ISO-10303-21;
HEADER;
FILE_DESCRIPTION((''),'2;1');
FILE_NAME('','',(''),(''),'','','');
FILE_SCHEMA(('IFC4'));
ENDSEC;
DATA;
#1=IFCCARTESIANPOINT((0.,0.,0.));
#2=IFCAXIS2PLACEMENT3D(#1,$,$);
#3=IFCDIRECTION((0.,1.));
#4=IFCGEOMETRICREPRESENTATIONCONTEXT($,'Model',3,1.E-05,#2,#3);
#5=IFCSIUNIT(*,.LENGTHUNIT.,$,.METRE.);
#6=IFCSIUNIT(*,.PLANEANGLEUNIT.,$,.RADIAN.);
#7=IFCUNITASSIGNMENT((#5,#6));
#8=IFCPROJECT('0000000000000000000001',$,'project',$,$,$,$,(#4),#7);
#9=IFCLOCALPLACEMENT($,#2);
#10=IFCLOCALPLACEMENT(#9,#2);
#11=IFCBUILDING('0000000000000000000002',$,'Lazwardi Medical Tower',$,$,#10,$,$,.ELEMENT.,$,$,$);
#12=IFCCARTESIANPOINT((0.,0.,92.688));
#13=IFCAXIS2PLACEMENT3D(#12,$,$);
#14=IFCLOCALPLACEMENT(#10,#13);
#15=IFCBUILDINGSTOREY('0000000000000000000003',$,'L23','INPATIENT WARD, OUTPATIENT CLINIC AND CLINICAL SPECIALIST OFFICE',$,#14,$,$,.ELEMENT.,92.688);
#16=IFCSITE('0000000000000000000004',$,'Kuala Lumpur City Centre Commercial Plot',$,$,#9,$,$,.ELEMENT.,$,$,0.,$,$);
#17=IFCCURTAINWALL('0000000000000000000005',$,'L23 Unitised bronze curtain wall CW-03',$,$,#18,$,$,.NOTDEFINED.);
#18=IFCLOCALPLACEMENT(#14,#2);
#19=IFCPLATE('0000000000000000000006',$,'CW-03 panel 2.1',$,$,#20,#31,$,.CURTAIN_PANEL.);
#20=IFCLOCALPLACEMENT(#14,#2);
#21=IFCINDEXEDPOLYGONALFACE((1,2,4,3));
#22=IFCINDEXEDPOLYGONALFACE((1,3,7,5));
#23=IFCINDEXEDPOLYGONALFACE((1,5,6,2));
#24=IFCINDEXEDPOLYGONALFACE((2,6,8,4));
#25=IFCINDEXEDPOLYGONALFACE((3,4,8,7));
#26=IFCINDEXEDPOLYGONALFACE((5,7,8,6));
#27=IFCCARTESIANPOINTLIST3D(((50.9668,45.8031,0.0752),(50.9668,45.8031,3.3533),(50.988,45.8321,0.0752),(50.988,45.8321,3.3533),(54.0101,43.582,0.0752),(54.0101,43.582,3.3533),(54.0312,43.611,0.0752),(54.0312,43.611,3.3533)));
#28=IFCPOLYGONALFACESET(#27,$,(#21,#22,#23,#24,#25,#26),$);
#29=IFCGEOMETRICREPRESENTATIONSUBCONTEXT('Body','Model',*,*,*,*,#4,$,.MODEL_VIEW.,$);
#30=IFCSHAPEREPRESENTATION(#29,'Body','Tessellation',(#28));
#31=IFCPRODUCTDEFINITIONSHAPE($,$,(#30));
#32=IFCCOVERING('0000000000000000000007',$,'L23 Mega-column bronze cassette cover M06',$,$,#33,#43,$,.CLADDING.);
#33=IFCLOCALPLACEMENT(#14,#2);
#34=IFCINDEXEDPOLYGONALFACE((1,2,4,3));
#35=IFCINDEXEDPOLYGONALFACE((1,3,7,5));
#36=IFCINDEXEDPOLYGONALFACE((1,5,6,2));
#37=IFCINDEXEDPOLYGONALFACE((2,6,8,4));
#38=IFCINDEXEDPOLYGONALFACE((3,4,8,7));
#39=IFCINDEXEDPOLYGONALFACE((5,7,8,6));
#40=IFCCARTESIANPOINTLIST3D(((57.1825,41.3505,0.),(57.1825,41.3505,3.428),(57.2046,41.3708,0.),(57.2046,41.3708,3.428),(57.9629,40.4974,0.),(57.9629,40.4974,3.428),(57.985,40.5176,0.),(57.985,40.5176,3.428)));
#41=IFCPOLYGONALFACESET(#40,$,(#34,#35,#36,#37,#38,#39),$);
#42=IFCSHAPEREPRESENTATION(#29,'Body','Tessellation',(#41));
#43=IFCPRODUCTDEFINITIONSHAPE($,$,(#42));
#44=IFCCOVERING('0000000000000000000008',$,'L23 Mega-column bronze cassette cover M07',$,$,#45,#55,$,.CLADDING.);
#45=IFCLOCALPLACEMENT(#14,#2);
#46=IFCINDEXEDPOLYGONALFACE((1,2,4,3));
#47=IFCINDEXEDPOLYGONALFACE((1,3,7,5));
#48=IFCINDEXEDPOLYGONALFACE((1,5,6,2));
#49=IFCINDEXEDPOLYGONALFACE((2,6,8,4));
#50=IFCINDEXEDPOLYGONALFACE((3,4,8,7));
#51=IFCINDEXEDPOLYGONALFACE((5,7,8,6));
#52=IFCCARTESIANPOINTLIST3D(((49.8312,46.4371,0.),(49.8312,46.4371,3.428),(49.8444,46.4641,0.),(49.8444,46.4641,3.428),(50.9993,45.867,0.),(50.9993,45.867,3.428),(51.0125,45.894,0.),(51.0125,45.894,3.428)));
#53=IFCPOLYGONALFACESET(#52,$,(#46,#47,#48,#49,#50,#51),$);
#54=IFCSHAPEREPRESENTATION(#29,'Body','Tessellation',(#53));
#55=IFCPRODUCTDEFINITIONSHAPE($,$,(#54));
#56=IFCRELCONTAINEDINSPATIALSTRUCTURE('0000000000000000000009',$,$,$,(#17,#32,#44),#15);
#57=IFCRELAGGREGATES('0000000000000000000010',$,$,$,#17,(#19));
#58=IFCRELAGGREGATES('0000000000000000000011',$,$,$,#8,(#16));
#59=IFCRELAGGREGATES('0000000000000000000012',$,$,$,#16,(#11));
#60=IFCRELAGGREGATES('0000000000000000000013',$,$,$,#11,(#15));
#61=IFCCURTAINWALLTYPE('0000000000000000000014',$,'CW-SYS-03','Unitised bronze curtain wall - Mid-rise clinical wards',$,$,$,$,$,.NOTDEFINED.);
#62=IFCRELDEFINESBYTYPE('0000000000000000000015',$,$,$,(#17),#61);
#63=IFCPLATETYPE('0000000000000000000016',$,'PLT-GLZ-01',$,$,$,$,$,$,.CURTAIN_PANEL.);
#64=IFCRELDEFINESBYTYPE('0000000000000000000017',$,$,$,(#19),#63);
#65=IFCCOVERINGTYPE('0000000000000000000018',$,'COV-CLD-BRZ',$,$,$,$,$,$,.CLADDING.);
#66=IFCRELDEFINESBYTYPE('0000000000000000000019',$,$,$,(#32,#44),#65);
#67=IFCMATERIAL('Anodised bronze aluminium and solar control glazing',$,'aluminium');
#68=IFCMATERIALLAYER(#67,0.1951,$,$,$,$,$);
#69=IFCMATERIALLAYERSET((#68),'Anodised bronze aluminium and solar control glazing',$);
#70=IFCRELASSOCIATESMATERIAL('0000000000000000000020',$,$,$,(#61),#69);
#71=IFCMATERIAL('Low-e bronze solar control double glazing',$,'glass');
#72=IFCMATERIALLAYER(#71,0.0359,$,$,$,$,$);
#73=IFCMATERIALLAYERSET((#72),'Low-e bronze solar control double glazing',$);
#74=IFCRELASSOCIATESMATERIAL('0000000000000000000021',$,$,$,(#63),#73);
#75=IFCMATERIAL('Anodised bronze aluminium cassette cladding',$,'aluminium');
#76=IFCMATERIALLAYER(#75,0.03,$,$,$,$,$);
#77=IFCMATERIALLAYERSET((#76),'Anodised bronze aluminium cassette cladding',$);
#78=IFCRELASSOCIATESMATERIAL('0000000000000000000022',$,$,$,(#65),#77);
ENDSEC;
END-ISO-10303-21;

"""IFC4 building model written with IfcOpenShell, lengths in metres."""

from ifc_helpers import new_model, si_unit, direction, frame, origin, origin_2d, place, context, subcontext, project, spatial, rectangle, extrude, material, layer, layer_set, type_object, element, aggregate, save


model = new_model("IFC4")

# Units and contexts
model_context = context("Model", 3, precision=1e-05, world=origin(), true_north=direction((0.0, 1.0)))
body_context = subcontext(model_context, "Body", "Model", "MODEL_VIEW")
ifc_project = project(units=[si_unit("LENGTHUNIT", "METRE"), si_unit("PLANEANGLEUNIT", "RADIAN")], contexts=[model_context])

# Site, building, storey
site_placement = place(None, origin())
site = spatial("IfcSite", under=ifc_project, at=site_placement, Name="Kuala Lumpur City Centre Commercial Plot", CompositionType="ELEMENT", RefElevation=0.0)
building_placement = place(site_placement, origin())
building = spatial("IfcBuilding", under=site, at=building_placement, Name="Lazwardi Medical Tower", CompositionType="ELEMENT")
storey_placement = place(building_placement, frame((0.0, 0.0, 92.688)))
storey = spatial("IfcBuildingStorey", under=building, at=storey_placement, Name="L23", Description="INPATIENT WARD, OUTPATIENT CLINIC AND CLINICAL SPECIALIST OFFICE", CompositionType="ELEMENT", Elevation=92.688)

# Shared definitions
ifc_material_1 = material(Name="Anodised bronze aluminium and solar control glazing", Category="aluminium")
ifc_layer_1 = layer(ifc_material_1, 0.1951)
ifc_layer_set_1 = layer_set([ifc_layer_1], Name="Anodised bronze aluminium and solar control glazing")
curtain_wall_type = type_object("IfcCurtainWallType", Name="CW-SYS-03", Description="Unitised bronze curtain wall - Mid-rise clinical wards", PredefinedType="NOTDEFINED", material=ifc_layer_set_1)

# Curtain wall
curtain_wall_1_placement = place(storey_placement, origin())
curtain_wall_1 = element("IfcCurtainWall", 1, at=curtain_wall_1_placement, inside=storey, type_object=curtain_wall_type, Name="L23 Unitised bronze curtain wall CW-03", PredefinedType="NOTDEFINED")

# Plate
ifc_material_2 = material(Name="Low-e bronze solar control double glazing", Category="glass")
ifc_layer_2 = layer(ifc_material_2, 0.0359)
ifc_layer_set_2 = layer_set([ifc_layer_2], Name="Low-e bronze solar control double glazing")
plate_type = type_object("IfcPlateType", Name="PLT-GLZ-01", PredefinedType="CURTAIN_PANEL", material=ifc_layer_set_2)
plate_1_placement = place(storey_placement, frame((52.499, 44.707, 0.0752), z_axis=(0.0, 0.0, 1.0), x_axis=(-0.807746, 0.589531, 0.0)))
plate_1 = element("IfcPlate", 2, at=plate_1_placement, type_object=plate_type, Name="CW-03 panel 2.1", PredefinedType="CURTAIN_PANEL", context=body_context, shape_type="SweptSolid", body=[
    extrude(rectangle(XDim=3.7676, YDim=0.0359, at=origin_2d()), origin(), (0.0, 0.0, 1.0), 3.2781),
])
aggregate(curtain_wall_1, [plate_1])

# Coverings
ifc_material_3 = material(Name="Anodised bronze aluminium cassette cladding", Category="aluminium")
ifc_layer_3 = layer(ifc_material_3, 0.03)
ifc_layer_set_3 = layer_set([ifc_layer_3], Name="Anodised bronze aluminium cassette cladding")
covering_type = type_object("IfcCoveringType", Name="COV-CLD-BRZ", PredefinedType="CLADDING", material=ifc_layer_set_3)
covering_1_placement = place(storey_placement, frame((57.5837, 40.9341, 0.0), z_axis=(0.0, 0.0, 1.0), x_axis=(-0.674926, 0.737885, 0.0)))
element("IfcCovering", 3, at=covering_1_placement, inside=storey, type_object=covering_type, Name="L23 Mega-column bronze cassette cover M06", PredefinedType="CLADDING", context=body_context, shape_type="SweptSolid", body=[
    extrude(rectangle(XDim=1.1562, YDim=0.03, at=origin_2d()), origin(), (0.0, 0.0, 1.0), 3.428),
])
covering_2_placement = place(storey_placement, frame((50.4219, 46.1655, 0.0), z_axis=(0.0, 0.0, 1.0), x_axis=(-0.898679, 0.438606, 0.0)))
element("IfcCovering", 4, at=covering_2_placement, inside=storey, type_object=covering_type, Name="L23 Mega-column bronze cassette cover M07", PredefinedType="CLADDING", context=body_context, shape_type="SweptSolid", body=[
    extrude(rectangle(XDim=1.2998, YDim=0.03, at=origin_2d()), origin(), (0.0, 0.0, 1.0), 3.428),
])

save(model, "model.ifc")
